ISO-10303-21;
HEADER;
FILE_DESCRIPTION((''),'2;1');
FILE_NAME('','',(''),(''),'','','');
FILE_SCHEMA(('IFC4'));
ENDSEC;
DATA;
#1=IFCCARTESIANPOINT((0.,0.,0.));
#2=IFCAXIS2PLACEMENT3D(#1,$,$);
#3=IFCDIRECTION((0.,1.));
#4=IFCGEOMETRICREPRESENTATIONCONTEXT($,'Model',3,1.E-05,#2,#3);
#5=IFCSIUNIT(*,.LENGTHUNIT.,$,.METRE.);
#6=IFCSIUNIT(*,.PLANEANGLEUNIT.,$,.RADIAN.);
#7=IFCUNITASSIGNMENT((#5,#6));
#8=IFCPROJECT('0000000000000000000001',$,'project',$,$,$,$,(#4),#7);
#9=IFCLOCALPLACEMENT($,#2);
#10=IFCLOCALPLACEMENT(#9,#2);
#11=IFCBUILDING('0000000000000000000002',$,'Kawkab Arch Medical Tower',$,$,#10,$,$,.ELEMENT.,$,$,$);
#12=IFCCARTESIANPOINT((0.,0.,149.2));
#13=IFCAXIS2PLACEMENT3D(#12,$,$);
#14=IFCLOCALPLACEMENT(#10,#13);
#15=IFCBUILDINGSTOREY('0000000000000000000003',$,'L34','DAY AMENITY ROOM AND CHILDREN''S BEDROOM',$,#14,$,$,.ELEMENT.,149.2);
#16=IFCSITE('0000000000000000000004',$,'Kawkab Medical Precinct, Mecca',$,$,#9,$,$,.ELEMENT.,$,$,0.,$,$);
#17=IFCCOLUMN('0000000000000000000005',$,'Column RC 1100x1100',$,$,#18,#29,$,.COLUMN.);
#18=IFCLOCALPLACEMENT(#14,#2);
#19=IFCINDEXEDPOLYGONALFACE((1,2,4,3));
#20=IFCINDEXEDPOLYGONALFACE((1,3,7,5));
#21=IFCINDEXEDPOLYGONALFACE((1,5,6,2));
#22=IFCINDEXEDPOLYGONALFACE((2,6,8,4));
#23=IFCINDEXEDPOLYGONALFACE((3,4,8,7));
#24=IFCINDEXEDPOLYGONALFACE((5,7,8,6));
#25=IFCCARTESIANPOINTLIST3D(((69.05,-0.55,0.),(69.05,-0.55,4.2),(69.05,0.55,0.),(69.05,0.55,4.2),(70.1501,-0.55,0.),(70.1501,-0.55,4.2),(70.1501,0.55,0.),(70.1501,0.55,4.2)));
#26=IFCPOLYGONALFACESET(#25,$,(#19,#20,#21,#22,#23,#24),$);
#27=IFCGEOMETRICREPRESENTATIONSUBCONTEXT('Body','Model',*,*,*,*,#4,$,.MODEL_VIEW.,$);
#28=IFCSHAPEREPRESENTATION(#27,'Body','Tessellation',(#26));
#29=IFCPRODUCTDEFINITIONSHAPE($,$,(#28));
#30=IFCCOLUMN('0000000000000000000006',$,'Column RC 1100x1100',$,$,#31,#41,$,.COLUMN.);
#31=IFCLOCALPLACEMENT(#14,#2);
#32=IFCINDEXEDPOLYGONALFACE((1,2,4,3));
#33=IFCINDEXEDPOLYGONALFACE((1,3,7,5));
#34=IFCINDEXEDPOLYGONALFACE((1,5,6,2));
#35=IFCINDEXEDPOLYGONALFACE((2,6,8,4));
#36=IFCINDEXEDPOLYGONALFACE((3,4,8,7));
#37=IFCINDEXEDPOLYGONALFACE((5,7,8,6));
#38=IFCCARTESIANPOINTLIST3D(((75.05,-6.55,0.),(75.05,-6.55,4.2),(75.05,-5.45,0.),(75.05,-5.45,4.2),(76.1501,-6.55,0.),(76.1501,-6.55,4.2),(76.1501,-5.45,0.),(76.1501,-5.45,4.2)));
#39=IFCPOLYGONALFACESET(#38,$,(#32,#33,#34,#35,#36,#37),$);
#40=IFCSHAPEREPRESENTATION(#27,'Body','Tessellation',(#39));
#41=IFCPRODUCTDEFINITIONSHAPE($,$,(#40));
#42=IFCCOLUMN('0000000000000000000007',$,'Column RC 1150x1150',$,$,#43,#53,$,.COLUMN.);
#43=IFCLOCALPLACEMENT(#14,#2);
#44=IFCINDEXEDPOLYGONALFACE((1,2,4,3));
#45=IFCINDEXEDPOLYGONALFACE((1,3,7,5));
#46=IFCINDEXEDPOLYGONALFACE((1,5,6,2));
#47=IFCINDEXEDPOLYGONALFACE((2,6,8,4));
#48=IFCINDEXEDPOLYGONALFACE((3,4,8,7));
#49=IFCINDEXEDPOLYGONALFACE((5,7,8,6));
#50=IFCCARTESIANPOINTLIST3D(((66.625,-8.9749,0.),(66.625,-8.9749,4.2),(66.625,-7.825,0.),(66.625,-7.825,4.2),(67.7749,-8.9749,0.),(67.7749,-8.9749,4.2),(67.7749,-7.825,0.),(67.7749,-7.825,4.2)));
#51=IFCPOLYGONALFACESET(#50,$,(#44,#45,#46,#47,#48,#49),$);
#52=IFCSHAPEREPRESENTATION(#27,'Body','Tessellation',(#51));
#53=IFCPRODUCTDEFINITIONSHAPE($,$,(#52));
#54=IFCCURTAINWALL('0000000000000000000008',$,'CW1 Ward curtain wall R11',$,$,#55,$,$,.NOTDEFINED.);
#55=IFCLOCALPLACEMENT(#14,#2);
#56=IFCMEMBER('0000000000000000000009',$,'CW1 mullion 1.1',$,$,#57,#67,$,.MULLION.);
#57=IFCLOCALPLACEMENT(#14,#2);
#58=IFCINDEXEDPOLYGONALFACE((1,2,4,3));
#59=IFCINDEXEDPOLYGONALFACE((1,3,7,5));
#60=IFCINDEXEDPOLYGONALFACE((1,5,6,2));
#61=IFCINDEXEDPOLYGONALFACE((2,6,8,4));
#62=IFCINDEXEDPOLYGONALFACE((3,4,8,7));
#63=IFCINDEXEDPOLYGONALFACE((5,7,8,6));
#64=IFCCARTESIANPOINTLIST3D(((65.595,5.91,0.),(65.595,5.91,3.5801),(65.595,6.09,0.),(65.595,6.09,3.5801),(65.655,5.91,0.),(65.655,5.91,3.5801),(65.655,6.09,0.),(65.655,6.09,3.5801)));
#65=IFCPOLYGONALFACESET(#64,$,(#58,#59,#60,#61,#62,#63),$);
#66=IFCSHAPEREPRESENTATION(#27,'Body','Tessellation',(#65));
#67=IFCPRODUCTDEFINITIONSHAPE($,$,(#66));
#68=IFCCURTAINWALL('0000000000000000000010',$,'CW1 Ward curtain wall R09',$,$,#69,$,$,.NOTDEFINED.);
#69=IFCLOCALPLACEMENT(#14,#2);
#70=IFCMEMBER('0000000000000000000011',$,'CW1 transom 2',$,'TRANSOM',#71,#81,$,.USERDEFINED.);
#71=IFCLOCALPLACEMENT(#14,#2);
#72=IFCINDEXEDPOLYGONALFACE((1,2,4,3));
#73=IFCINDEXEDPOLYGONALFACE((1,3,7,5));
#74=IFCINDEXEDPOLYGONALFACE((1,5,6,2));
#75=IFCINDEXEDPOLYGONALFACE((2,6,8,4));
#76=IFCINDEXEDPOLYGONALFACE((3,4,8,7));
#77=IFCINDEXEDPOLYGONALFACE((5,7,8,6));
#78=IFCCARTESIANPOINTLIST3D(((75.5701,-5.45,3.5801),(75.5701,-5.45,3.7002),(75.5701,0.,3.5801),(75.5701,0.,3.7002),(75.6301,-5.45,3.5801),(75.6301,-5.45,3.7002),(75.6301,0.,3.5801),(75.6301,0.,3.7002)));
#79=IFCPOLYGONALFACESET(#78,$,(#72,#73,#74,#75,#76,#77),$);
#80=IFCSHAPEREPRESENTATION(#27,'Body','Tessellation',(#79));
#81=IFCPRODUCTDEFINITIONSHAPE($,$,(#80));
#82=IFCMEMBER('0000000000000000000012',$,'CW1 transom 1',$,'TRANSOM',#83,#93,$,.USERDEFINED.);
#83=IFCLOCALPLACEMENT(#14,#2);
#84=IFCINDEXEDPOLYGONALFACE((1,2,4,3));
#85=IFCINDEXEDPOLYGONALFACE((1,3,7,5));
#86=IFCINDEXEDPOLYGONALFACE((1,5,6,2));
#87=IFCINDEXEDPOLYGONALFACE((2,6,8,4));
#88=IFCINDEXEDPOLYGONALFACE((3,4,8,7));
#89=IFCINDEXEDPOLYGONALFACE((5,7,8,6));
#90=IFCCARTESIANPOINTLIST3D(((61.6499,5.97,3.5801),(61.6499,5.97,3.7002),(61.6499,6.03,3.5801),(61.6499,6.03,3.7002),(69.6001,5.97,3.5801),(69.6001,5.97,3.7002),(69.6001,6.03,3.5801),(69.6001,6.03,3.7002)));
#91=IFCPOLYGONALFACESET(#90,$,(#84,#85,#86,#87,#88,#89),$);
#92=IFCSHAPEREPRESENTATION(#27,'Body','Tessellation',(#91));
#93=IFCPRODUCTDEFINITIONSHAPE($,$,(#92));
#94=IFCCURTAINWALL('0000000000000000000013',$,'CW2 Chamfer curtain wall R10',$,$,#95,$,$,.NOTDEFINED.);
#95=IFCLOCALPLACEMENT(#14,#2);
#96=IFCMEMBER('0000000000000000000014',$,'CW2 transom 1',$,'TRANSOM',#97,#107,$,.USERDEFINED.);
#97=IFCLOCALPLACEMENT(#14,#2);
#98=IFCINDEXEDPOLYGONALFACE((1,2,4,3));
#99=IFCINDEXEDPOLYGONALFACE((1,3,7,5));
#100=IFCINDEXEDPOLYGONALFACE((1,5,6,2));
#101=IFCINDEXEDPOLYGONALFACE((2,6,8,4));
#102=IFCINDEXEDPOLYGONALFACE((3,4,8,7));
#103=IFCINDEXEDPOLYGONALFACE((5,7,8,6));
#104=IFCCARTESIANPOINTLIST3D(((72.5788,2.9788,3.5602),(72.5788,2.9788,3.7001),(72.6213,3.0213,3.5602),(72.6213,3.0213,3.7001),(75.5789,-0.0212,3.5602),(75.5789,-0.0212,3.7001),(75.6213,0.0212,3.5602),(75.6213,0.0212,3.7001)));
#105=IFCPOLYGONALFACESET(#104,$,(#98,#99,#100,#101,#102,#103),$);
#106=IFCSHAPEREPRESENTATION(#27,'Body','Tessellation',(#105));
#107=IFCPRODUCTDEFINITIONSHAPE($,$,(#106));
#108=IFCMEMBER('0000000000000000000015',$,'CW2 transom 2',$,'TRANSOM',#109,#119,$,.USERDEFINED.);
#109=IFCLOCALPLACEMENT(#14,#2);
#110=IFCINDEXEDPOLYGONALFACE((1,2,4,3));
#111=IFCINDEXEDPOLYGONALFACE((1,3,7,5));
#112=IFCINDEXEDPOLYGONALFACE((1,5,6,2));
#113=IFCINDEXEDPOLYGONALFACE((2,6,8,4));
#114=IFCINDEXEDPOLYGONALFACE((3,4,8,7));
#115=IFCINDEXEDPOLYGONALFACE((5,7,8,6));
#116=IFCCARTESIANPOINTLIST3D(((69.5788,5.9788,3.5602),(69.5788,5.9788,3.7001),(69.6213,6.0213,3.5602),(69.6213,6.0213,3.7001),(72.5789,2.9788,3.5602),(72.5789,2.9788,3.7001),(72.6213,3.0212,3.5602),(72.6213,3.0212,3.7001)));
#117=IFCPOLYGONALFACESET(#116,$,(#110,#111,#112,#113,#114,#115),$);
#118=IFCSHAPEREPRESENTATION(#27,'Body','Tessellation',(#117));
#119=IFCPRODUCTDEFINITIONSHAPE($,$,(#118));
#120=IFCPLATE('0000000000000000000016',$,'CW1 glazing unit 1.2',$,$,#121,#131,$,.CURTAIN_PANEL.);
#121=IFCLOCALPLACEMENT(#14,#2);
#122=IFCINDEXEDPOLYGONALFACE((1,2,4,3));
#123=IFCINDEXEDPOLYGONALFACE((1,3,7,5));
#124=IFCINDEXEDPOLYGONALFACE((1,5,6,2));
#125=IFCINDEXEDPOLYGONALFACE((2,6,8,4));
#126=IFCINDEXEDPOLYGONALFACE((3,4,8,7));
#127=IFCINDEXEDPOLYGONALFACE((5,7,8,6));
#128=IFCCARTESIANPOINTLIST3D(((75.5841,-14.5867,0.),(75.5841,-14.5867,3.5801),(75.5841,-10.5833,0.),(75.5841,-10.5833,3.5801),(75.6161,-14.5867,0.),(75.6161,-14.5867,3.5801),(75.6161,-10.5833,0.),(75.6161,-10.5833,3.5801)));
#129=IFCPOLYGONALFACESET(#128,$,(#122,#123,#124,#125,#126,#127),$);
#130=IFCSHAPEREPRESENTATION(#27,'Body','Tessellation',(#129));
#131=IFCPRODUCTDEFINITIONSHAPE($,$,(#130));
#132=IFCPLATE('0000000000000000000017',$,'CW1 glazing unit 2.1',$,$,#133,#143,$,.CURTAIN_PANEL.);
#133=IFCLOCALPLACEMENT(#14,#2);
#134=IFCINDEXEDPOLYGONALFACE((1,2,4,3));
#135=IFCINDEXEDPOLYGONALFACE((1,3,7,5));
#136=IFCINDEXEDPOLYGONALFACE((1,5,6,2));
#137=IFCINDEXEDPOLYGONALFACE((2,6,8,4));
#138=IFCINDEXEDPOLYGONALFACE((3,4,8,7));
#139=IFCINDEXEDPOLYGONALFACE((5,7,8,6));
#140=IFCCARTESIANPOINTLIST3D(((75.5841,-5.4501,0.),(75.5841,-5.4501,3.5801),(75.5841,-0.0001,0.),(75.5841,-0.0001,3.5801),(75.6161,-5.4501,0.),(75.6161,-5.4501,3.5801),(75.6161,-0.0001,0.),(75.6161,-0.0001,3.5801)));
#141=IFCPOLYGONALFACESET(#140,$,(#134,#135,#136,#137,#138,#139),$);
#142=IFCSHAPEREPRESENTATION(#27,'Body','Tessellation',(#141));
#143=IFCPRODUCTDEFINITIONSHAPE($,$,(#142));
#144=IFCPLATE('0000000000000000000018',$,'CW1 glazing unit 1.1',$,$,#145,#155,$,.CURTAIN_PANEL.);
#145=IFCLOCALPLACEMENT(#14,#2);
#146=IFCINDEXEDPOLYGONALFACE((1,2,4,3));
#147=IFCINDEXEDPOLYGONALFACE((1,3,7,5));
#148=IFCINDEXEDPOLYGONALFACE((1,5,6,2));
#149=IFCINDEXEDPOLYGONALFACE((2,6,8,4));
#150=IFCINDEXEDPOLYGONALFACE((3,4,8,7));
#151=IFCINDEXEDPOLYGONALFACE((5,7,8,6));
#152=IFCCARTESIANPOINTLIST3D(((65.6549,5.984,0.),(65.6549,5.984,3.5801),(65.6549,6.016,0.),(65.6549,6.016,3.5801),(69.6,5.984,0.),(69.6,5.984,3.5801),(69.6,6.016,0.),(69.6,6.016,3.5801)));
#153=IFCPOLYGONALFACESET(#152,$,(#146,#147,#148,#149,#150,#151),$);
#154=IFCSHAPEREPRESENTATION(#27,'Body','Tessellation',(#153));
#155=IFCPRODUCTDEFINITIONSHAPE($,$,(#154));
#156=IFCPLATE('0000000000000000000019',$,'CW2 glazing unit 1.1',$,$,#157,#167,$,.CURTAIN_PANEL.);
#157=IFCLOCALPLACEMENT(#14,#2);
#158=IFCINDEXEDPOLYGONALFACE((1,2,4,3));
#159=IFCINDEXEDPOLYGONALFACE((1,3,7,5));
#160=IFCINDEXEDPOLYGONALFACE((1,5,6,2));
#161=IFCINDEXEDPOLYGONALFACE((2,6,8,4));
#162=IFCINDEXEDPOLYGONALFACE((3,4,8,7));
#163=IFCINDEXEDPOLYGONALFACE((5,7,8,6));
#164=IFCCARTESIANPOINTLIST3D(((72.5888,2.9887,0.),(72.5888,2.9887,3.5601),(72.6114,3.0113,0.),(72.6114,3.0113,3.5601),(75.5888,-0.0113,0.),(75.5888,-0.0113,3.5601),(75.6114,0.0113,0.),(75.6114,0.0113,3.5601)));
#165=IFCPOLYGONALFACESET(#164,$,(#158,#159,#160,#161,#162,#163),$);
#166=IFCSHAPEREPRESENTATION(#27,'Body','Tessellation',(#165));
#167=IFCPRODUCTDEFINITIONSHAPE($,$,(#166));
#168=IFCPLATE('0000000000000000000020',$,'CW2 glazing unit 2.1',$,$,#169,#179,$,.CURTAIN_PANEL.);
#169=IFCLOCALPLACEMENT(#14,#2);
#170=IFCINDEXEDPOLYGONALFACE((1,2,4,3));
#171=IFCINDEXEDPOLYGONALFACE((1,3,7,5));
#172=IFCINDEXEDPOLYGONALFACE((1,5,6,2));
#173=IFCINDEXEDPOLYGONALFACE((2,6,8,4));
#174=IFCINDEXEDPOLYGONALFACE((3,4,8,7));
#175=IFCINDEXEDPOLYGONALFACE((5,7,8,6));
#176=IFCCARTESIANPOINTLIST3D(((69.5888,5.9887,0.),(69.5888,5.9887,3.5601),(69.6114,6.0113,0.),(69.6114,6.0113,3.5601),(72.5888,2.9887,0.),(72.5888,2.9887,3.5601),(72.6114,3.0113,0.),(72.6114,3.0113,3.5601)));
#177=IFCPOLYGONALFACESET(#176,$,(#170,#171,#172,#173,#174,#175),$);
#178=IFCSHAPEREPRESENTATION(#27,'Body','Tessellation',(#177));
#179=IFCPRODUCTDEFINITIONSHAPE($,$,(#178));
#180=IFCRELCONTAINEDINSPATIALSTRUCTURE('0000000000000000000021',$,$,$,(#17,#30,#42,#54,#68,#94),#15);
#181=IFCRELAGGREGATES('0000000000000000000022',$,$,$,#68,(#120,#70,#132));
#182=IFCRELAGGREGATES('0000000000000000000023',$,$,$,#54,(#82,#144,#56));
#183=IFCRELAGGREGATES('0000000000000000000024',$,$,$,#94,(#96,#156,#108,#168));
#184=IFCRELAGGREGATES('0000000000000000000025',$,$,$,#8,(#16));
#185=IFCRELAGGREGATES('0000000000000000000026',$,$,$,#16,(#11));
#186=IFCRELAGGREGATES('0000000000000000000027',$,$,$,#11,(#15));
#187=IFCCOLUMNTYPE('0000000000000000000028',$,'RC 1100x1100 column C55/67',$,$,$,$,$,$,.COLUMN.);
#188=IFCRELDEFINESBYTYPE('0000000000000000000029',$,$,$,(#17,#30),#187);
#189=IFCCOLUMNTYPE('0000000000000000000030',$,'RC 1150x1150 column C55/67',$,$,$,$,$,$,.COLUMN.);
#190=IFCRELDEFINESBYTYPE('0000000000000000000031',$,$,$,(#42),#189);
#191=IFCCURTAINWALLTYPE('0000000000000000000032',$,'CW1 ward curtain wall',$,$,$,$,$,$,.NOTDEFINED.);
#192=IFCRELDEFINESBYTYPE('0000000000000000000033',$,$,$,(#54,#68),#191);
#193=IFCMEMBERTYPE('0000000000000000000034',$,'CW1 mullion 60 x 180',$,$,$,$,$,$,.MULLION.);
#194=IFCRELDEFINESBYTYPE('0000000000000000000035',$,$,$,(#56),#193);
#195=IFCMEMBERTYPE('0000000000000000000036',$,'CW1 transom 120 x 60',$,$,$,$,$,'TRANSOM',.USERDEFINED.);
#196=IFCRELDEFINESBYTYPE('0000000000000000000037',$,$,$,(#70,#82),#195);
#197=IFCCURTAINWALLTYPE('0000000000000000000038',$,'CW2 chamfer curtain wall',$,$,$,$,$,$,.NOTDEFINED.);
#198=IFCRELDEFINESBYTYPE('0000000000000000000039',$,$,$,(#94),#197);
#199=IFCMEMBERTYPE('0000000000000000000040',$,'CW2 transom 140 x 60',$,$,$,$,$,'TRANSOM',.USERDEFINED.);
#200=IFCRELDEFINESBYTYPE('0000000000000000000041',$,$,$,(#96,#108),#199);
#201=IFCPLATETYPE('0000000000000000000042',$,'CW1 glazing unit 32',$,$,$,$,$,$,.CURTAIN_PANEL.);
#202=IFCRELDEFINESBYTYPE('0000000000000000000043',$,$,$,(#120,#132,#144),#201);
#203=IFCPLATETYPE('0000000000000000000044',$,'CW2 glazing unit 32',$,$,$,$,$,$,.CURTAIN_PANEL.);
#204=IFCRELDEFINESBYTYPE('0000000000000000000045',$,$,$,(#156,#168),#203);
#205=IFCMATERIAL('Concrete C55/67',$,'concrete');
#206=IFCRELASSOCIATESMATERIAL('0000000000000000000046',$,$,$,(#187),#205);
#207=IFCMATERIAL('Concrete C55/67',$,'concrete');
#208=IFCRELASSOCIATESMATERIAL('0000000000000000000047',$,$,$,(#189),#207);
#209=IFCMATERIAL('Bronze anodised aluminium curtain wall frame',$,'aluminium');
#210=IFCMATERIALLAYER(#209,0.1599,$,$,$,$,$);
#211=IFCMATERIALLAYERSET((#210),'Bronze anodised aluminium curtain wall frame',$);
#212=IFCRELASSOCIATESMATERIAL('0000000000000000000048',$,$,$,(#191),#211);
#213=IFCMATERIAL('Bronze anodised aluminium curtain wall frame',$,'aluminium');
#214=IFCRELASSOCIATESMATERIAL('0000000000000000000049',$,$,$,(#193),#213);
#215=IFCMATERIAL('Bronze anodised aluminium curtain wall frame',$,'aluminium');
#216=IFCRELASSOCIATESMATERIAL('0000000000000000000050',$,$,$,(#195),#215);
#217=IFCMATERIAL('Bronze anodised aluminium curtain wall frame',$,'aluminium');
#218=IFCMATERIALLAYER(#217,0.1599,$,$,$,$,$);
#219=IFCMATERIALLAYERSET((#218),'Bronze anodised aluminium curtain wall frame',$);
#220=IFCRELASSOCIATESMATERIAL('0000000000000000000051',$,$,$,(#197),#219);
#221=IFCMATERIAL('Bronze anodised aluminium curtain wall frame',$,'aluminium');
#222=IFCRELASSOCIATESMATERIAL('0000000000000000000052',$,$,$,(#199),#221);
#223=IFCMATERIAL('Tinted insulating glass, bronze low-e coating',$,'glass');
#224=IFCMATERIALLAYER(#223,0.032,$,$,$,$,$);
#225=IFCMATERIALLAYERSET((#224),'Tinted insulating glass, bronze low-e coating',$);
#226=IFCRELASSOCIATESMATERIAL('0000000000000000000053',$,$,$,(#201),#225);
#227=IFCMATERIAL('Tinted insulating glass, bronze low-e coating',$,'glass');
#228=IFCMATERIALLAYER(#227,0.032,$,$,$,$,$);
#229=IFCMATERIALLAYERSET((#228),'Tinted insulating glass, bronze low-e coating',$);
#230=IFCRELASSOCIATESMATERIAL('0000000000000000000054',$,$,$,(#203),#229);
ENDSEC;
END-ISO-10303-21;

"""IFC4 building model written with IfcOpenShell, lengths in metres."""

from ifc_helpers import new_model, si_unit, direction, frame, origin, origin_2d, place, context, subcontext, project, spatial, rectangle, extrude, material, layer, layer_set, material_profile, profile_set, type_object, element, aggregate, save


model = new_model("IFC4")

# Units and contexts
model_context = context("Model", 3, precision=1e-05, world=origin(), true_north=direction((0.0, 1.0)))
body_context = subcontext(model_context, "Body", "Model", "MODEL_VIEW")
ifc_project = project(units=[si_unit("LENGTHUNIT", "METRE"), si_unit("PLANEANGLEUNIT", "RADIAN")], contexts=[model_context])

# Site, building, storey
site_placement = place(None, origin())
site = spatial("IfcSite", under=ifc_project, at=site_placement, Name="Kawkab Medical Precinct, Mecca", CompositionType="ELEMENT", RefElevation=0.0)
building_placement = place(site_placement, origin())
building = spatial("IfcBuilding", under=site, at=building_placement, Name="Kawkab Arch Medical Tower", CompositionType="ELEMENT")
storey_placement = place(building_placement, frame((0.0, 0.0, 149.2)))
storey = spatial("IfcBuildingStorey", under=building, at=storey_placement, Name="L34", Description="DAY AMENITY ROOM AND CHILDREN'S BEDROOM", CompositionType="ELEMENT", Elevation=149.2)

# Columns
ifc_material_1 = material(Name="Concrete C55/67", Category="concrete")
ifc_material_profile_1 = material_profile(ifc_material_1, rectangle(XDim=1.1001, YDim=1.1001, at=origin_2d()), Name="RC 1100x1100")
ifc_profile_set_1 = profile_set([ifc_material_profile_1], Name="Concrete C55/67")
column_type_1 = type_object("IfcColumnType", Name="RC 1100x1100 column C55/67", PredefinedType="COLUMN", material=ifc_profile_set_1)
for number, where, z_axis, x_axis, name in (
    (1, (69.6001, 0.0, 0.0), (0.0, 0.0, 1.0), (1.0, 0.0, 0.0), "Column RC 1100x1100"),
    (2, (75.6001, -6.0, 0.0), (0.0, 0.0, 1.0), (1.0, 0.0, 0.0), "Column RC 1100x1100"),
):
    element("IfcColumn", number, at=place(storey_placement, frame(where, z_axis=z_axis, x_axis=x_axis)), inside=storey, type_object=column_type_1, Name=name, PredefinedType="COLUMN", context=body_context, shape_type="SweptSolid", body=[
        extrude(rectangle(XDim=1.1001, YDim=1.1001, at=origin_2d()), origin(), (0.0, 0.0, 1.0), 4.2),
    ])
ifc_material_2 = material(Name="Concrete C55/67", Category="concrete")
ifc_material_profile_2 = material_profile(ifc_material_2, rectangle(XDim=1.1499, YDim=1.1499, at=origin_2d()), Name="RC 1150x1150")
ifc_profile_set_2 = profile_set([ifc_material_profile_2], Name="Concrete C55/67")
column_type_2 = type_object("IfcColumnType", Name="RC 1150x1150 column C55/67", PredefinedType="COLUMN", material=ifc_profile_set_2)
column_placement = place(storey_placement, frame((67.2, -8.3999, 0.0), z_axis=(0.0, 0.0, 1.0), x_axis=(1.0, 0.0, 0.0)))
element("IfcColumn", 3, at=column_placement, inside=storey, type_object=column_type_2, Name="Column RC 1150x1150", PredefinedType="COLUMN", context=body_context, shape_type="SweptSolid", body=[
    extrude(rectangle(XDim=1.1499, YDim=1.1499, at=origin_2d()), origin(), (0.0, 0.0, 1.0), 4.2),
])

# Curtain walls, members
ifc_material_3 = material(Name="Bronze anodised aluminium curtain wall frame", Category="aluminium")
ifc_layer_1 = layer(ifc_material_3, 0.1599)
ifc_layer_set_1 = layer_set([ifc_layer_1], Name="Bronze anodised aluminium curtain wall frame")
curtain_wall_type_1 = type_object("IfcCurtainWallType", Name="CW1 ward curtain wall", PredefinedType="NOTDEFINED", material=ifc_layer_set_1)
placement = place(storey_placement, origin())
curtain_wall_1 = element("IfcCurtainWall", 4, at=placement, inside=storey, type_object=curtain_wall_type_1, Name="CW1 Ward curtain wall R11", PredefinedType="NOTDEFINED")
ifc_material_4 = material(Name="Bronze anodised aluminium curtain wall frame", Category="aluminium")
ifc_material_profile_3 = material_profile(ifc_material_4, rectangle(XDim=0.1799, YDim=0.0601, at=origin_2d()), Name="AL 60x180")
ifc_profile_set_3 = profile_set([ifc_material_profile_3], Name="Bronze anodised aluminium curtain wall frame")
member_type_1 = type_object("IfcMemberType", Name="CW1 mullion 60 x 180", PredefinedType="MULLION", material=ifc_profile_set_3)
member_1_placement = place(storey_placement, frame((65.625, 6.0, 0.0), z_axis=(0.0, 0.0, 1.0), x_axis=(0.0, -1.0, 0.0)))
member_1 = element("IfcMember", 5, at=member_1_placement, type_object=member_type_1, Name="CW1 mullion 1.1", PredefinedType="MULLION", context=body_context, shape_type="SweptSolid", body=[
    extrude(rectangle(XDim=0.1799, YDim=0.0601, at=origin_2d()), origin(), (0.0, 0.0, 1.0), 3.5801),
])
curtain_wall_2 = element("IfcCurtainWall", 6, at=placement, inside=storey, type_object=curtain_wall_type_1, Name="CW1 Ward curtain wall R09", PredefinedType="NOTDEFINED")
ifc_material_5 = material(Name="Bronze anodised aluminium curtain wall frame", Category="aluminium")
ifc_material_profile_4 = material_profile(ifc_material_5, rectangle(XDim=0.0601, YDim=0.1201, at=origin_2d()), Name="AL 60x120")
ifc_profile_set_4 = profile_set([ifc_material_profile_4], Name="Bronze anodised aluminium curtain wall frame")
member_type_2 = type_object("IfcMemberType", Name="CW1 transom 120 x 60", ElementType="TRANSOM", PredefinedType="USERDEFINED", material=ifc_profile_set_4)
member_2_placement = place(storey_placement, frame((75.6001, -5.45, 3.6401), z_axis=(0.0, 1.0, 0.0), x_axis=(-1.0, 0.0, 0.0)))
member_2 = element("IfcMember", 7, at=member_2_placement, type_object=member_type_2, Name="CW1 transom 2", ObjectType="TRANSOM", PredefinedType="USERDEFINED", context=body_context, shape_type="SweptSolid", body=[
    extrude(rectangle(XDim=0.0601, YDim=0.1201, at=origin_2d()), origin(), (0.0, 0.0, 1.0), 5.45),
])

# Member
member_3_placement = place(storey_placement, frame((69.6001, 6.0, 3.6401), z_axis=(-1.0, 0.0, 0.0), x_axis=(0.0, -1.0, 0.0)))
member_3 = element("IfcMember", 8, at=member_3_placement, type_object=member_type_2, Name="CW1 transom 1", ObjectType="TRANSOM", PredefinedType="USERDEFINED", context=body_context, shape_type="SweptSolid", body=[
    extrude(rectangle(XDim=0.0601, YDim=0.1201, at=origin_2d()), origin(), (0.0, 0.0, 1.0), 7.9502),
])

# Curtain wall, members
ifc_material_6 = material(Name="Bronze anodised aluminium curtain wall frame", Category="aluminium")
ifc_layer_2 = layer(ifc_material_6, 0.1599)
ifc_layer_set_2 = layer_set([ifc_layer_2], Name="Bronze anodised aluminium curtain wall frame")
curtain_wall_type_2 = type_object("IfcCurtainWallType", Name="CW2 chamfer curtain wall", PredefinedType="NOTDEFINED", material=ifc_layer_set_2)
curtain_wall_3 = element("IfcCurtainWall", 9, at=placement, inside=storey, type_object=curtain_wall_type_2, Name="CW2 Chamfer curtain wall R10", PredefinedType="NOTDEFINED")
ifc_material_7 = material(Name="Bronze anodised aluminium curtain wall frame", Category="aluminium")
ifc_material_profile_5 = material_profile(ifc_material_7, rectangle(XDim=0.0601, YDim=0.1399, at=origin_2d()), Name="AL 60x140")
ifc_profile_set_5 = profile_set([ifc_material_profile_5], Name="Bronze anodised aluminium curtain wall frame")
member_type_3 = type_object("IfcMemberType", Name="CW2 transom 140 x 60", ElementType="TRANSOM", PredefinedType="USERDEFINED", material=ifc_profile_set_5)
member_4_placement = place(storey_placement, frame((75.6001, 0.0, 3.6301), z_axis=(-0.707107, 0.707107, 0.0), x_axis=(-0.707107, -0.707107, 0.0)))
member_4 = element("IfcMember", 10, at=member_4_placement, type_object=member_type_3, Name="CW2 transom 1", ObjectType="TRANSOM", PredefinedType="USERDEFINED", context=body_context, shape_type="SweptSolid", body=[
    extrude(rectangle(XDim=0.0601, YDim=0.1399, at=origin_2d()), origin(), (0.0, 0.0, 1.0), 4.2427),
])
member_5_placement = place(storey_placement, frame((72.6001, 3.0, 3.6301), z_axis=(-0.707107, 0.707107, 0.0), x_axis=(-0.707107, -0.707107, 0.0)))
member_5 = element("IfcMember", 11, at=member_5_placement, type_object=member_type_3, Name="CW2 transom 2", ObjectType="TRANSOM", PredefinedType="USERDEFINED", context=body_context, shape_type="SweptSolid", body=[
    extrude(rectangle(XDim=0.0601, YDim=0.1399, at=origin_2d()), origin(), (0.0, 0.0, 1.0), 4.2427),
])

# Plates
ifc_material_8 = material(Name="Tinted insulating glass, bronze low-e coating", Category="glass")
ifc_layer_3 = layer(ifc_material_8, 0.032)
ifc_layer_set_3 = layer_set([ifc_layer_3], Name="Tinted insulating glass, bronze low-e coating")
plate_type_1 = type_object("IfcPlateType", Name="CW1 glazing unit 32", PredefinedType="CURTAIN_PANEL", material=ifc_layer_set_3)
plate_1_placement = place(storey_placement, frame((75.6001, -12.585, 0.0), z_axis=(0.0, 0.0, 1.0), x_axis=(0.0, 1.0, 0.0)))
plate_1 = element("IfcPlate", 12, at=plate_1_placement, type_object=plate_type_1, Name="CW1 glazing unit 1.2", PredefinedType="CURTAIN_PANEL", context=body_context, shape_type="SweptSolid", body=[
    extrude(rectangle(XDim=4.0034, YDim=0.032, at=origin_2d()), origin(), (0.0, 0.0, 1.0), 3.5801),
])
plate_2_placement = place(storey_placement, frame((75.6001, -2.7251, 0.0), z_axis=(0.0, 0.0, 1.0), x_axis=(0.0, 1.0, 0.0)))
plate_2 = element("IfcPlate", 13, at=plate_2_placement, type_object=plate_type_1, Name="CW1 glazing unit 2.1", PredefinedType="CURTAIN_PANEL", context=body_context, shape_type="SweptSolid", body=[
    extrude(rectangle(XDim=5.45, YDim=0.032, at=origin_2d()), origin(), (0.0, 0.0, 1.0), 3.5801),
])
aggregate(curtain_wall_2, [plate_1, member_2, plate_2])
plate_3_placement = place(storey_placement, frame((67.6274, 6.0, 0.0), z_axis=(0.0, 0.0, 1.0), x_axis=(-1.0, 0.0, 0.0)))
plate_3 = element("IfcPlate", 14, at=plate_3_placement, type_object=plate_type_1, Name="CW1 glazing unit 1.1", PredefinedType="CURTAIN_PANEL", context=body_context, shape_type="SweptSolid", body=[
    extrude(rectangle(XDim=3.9451, YDim=0.032, at=origin_2d()), origin(), (0.0, 0.0, 1.0), 3.5801),
])
aggregate(curtain_wall_1, [member_3, plate_3, member_1])
ifc_material_9 = material(Name="Tinted insulating glass, bronze low-e coating", Category="glass")
ifc_layer_4 = layer(ifc_material_9, 0.032)
ifc_layer_set_4 = layer_set([ifc_layer_4], Name="Tinted insulating glass, bronze low-e coating")
plate_type_2 = type_object("IfcPlateType", Name="CW2 glazing unit 32", PredefinedType="CURTAIN_PANEL", material=ifc_layer_set_4)
plate_4_placement = place(storey_placement, frame((74.1001, 1.5, 0.0), z_axis=(0.0, 0.0, 1.0), x_axis=(-0.707107, 0.707107, 0.0)))
plate_4 = element("IfcPlate", 15, at=plate_4_placement, type_object=plate_type_2, Name="CW2 glazing unit 1.1", PredefinedType="CURTAIN_PANEL", context=body_context, shape_type="SweptSolid", body=[
    extrude(rectangle(XDim=4.2427, YDim=0.032, at=origin_2d()), origin(), (0.0, 0.0, 1.0), 3.5601),
])
plate_5_placement = place(storey_placement, frame((71.1001, 4.5, 0.0), z_axis=(0.0, 0.0, 1.0), x_axis=(-0.707107, 0.707107, 0.0)))
plate_5 = element("IfcPlate", 16, at=plate_5_placement, type_object=plate_type_2, Name="CW2 glazing unit 2.1", PredefinedType="CURTAIN_PANEL", context=body_context, shape_type="SweptSolid", body=[
    extrude(rectangle(XDim=4.2427, YDim=0.032, at=origin_2d()), origin(), (0.0, 0.0, 1.0), 3.5601),
])
aggregate(curtain_wall_3, [member_4, plate_4, member_5, plate_5])

save(model, "model.ifc")
